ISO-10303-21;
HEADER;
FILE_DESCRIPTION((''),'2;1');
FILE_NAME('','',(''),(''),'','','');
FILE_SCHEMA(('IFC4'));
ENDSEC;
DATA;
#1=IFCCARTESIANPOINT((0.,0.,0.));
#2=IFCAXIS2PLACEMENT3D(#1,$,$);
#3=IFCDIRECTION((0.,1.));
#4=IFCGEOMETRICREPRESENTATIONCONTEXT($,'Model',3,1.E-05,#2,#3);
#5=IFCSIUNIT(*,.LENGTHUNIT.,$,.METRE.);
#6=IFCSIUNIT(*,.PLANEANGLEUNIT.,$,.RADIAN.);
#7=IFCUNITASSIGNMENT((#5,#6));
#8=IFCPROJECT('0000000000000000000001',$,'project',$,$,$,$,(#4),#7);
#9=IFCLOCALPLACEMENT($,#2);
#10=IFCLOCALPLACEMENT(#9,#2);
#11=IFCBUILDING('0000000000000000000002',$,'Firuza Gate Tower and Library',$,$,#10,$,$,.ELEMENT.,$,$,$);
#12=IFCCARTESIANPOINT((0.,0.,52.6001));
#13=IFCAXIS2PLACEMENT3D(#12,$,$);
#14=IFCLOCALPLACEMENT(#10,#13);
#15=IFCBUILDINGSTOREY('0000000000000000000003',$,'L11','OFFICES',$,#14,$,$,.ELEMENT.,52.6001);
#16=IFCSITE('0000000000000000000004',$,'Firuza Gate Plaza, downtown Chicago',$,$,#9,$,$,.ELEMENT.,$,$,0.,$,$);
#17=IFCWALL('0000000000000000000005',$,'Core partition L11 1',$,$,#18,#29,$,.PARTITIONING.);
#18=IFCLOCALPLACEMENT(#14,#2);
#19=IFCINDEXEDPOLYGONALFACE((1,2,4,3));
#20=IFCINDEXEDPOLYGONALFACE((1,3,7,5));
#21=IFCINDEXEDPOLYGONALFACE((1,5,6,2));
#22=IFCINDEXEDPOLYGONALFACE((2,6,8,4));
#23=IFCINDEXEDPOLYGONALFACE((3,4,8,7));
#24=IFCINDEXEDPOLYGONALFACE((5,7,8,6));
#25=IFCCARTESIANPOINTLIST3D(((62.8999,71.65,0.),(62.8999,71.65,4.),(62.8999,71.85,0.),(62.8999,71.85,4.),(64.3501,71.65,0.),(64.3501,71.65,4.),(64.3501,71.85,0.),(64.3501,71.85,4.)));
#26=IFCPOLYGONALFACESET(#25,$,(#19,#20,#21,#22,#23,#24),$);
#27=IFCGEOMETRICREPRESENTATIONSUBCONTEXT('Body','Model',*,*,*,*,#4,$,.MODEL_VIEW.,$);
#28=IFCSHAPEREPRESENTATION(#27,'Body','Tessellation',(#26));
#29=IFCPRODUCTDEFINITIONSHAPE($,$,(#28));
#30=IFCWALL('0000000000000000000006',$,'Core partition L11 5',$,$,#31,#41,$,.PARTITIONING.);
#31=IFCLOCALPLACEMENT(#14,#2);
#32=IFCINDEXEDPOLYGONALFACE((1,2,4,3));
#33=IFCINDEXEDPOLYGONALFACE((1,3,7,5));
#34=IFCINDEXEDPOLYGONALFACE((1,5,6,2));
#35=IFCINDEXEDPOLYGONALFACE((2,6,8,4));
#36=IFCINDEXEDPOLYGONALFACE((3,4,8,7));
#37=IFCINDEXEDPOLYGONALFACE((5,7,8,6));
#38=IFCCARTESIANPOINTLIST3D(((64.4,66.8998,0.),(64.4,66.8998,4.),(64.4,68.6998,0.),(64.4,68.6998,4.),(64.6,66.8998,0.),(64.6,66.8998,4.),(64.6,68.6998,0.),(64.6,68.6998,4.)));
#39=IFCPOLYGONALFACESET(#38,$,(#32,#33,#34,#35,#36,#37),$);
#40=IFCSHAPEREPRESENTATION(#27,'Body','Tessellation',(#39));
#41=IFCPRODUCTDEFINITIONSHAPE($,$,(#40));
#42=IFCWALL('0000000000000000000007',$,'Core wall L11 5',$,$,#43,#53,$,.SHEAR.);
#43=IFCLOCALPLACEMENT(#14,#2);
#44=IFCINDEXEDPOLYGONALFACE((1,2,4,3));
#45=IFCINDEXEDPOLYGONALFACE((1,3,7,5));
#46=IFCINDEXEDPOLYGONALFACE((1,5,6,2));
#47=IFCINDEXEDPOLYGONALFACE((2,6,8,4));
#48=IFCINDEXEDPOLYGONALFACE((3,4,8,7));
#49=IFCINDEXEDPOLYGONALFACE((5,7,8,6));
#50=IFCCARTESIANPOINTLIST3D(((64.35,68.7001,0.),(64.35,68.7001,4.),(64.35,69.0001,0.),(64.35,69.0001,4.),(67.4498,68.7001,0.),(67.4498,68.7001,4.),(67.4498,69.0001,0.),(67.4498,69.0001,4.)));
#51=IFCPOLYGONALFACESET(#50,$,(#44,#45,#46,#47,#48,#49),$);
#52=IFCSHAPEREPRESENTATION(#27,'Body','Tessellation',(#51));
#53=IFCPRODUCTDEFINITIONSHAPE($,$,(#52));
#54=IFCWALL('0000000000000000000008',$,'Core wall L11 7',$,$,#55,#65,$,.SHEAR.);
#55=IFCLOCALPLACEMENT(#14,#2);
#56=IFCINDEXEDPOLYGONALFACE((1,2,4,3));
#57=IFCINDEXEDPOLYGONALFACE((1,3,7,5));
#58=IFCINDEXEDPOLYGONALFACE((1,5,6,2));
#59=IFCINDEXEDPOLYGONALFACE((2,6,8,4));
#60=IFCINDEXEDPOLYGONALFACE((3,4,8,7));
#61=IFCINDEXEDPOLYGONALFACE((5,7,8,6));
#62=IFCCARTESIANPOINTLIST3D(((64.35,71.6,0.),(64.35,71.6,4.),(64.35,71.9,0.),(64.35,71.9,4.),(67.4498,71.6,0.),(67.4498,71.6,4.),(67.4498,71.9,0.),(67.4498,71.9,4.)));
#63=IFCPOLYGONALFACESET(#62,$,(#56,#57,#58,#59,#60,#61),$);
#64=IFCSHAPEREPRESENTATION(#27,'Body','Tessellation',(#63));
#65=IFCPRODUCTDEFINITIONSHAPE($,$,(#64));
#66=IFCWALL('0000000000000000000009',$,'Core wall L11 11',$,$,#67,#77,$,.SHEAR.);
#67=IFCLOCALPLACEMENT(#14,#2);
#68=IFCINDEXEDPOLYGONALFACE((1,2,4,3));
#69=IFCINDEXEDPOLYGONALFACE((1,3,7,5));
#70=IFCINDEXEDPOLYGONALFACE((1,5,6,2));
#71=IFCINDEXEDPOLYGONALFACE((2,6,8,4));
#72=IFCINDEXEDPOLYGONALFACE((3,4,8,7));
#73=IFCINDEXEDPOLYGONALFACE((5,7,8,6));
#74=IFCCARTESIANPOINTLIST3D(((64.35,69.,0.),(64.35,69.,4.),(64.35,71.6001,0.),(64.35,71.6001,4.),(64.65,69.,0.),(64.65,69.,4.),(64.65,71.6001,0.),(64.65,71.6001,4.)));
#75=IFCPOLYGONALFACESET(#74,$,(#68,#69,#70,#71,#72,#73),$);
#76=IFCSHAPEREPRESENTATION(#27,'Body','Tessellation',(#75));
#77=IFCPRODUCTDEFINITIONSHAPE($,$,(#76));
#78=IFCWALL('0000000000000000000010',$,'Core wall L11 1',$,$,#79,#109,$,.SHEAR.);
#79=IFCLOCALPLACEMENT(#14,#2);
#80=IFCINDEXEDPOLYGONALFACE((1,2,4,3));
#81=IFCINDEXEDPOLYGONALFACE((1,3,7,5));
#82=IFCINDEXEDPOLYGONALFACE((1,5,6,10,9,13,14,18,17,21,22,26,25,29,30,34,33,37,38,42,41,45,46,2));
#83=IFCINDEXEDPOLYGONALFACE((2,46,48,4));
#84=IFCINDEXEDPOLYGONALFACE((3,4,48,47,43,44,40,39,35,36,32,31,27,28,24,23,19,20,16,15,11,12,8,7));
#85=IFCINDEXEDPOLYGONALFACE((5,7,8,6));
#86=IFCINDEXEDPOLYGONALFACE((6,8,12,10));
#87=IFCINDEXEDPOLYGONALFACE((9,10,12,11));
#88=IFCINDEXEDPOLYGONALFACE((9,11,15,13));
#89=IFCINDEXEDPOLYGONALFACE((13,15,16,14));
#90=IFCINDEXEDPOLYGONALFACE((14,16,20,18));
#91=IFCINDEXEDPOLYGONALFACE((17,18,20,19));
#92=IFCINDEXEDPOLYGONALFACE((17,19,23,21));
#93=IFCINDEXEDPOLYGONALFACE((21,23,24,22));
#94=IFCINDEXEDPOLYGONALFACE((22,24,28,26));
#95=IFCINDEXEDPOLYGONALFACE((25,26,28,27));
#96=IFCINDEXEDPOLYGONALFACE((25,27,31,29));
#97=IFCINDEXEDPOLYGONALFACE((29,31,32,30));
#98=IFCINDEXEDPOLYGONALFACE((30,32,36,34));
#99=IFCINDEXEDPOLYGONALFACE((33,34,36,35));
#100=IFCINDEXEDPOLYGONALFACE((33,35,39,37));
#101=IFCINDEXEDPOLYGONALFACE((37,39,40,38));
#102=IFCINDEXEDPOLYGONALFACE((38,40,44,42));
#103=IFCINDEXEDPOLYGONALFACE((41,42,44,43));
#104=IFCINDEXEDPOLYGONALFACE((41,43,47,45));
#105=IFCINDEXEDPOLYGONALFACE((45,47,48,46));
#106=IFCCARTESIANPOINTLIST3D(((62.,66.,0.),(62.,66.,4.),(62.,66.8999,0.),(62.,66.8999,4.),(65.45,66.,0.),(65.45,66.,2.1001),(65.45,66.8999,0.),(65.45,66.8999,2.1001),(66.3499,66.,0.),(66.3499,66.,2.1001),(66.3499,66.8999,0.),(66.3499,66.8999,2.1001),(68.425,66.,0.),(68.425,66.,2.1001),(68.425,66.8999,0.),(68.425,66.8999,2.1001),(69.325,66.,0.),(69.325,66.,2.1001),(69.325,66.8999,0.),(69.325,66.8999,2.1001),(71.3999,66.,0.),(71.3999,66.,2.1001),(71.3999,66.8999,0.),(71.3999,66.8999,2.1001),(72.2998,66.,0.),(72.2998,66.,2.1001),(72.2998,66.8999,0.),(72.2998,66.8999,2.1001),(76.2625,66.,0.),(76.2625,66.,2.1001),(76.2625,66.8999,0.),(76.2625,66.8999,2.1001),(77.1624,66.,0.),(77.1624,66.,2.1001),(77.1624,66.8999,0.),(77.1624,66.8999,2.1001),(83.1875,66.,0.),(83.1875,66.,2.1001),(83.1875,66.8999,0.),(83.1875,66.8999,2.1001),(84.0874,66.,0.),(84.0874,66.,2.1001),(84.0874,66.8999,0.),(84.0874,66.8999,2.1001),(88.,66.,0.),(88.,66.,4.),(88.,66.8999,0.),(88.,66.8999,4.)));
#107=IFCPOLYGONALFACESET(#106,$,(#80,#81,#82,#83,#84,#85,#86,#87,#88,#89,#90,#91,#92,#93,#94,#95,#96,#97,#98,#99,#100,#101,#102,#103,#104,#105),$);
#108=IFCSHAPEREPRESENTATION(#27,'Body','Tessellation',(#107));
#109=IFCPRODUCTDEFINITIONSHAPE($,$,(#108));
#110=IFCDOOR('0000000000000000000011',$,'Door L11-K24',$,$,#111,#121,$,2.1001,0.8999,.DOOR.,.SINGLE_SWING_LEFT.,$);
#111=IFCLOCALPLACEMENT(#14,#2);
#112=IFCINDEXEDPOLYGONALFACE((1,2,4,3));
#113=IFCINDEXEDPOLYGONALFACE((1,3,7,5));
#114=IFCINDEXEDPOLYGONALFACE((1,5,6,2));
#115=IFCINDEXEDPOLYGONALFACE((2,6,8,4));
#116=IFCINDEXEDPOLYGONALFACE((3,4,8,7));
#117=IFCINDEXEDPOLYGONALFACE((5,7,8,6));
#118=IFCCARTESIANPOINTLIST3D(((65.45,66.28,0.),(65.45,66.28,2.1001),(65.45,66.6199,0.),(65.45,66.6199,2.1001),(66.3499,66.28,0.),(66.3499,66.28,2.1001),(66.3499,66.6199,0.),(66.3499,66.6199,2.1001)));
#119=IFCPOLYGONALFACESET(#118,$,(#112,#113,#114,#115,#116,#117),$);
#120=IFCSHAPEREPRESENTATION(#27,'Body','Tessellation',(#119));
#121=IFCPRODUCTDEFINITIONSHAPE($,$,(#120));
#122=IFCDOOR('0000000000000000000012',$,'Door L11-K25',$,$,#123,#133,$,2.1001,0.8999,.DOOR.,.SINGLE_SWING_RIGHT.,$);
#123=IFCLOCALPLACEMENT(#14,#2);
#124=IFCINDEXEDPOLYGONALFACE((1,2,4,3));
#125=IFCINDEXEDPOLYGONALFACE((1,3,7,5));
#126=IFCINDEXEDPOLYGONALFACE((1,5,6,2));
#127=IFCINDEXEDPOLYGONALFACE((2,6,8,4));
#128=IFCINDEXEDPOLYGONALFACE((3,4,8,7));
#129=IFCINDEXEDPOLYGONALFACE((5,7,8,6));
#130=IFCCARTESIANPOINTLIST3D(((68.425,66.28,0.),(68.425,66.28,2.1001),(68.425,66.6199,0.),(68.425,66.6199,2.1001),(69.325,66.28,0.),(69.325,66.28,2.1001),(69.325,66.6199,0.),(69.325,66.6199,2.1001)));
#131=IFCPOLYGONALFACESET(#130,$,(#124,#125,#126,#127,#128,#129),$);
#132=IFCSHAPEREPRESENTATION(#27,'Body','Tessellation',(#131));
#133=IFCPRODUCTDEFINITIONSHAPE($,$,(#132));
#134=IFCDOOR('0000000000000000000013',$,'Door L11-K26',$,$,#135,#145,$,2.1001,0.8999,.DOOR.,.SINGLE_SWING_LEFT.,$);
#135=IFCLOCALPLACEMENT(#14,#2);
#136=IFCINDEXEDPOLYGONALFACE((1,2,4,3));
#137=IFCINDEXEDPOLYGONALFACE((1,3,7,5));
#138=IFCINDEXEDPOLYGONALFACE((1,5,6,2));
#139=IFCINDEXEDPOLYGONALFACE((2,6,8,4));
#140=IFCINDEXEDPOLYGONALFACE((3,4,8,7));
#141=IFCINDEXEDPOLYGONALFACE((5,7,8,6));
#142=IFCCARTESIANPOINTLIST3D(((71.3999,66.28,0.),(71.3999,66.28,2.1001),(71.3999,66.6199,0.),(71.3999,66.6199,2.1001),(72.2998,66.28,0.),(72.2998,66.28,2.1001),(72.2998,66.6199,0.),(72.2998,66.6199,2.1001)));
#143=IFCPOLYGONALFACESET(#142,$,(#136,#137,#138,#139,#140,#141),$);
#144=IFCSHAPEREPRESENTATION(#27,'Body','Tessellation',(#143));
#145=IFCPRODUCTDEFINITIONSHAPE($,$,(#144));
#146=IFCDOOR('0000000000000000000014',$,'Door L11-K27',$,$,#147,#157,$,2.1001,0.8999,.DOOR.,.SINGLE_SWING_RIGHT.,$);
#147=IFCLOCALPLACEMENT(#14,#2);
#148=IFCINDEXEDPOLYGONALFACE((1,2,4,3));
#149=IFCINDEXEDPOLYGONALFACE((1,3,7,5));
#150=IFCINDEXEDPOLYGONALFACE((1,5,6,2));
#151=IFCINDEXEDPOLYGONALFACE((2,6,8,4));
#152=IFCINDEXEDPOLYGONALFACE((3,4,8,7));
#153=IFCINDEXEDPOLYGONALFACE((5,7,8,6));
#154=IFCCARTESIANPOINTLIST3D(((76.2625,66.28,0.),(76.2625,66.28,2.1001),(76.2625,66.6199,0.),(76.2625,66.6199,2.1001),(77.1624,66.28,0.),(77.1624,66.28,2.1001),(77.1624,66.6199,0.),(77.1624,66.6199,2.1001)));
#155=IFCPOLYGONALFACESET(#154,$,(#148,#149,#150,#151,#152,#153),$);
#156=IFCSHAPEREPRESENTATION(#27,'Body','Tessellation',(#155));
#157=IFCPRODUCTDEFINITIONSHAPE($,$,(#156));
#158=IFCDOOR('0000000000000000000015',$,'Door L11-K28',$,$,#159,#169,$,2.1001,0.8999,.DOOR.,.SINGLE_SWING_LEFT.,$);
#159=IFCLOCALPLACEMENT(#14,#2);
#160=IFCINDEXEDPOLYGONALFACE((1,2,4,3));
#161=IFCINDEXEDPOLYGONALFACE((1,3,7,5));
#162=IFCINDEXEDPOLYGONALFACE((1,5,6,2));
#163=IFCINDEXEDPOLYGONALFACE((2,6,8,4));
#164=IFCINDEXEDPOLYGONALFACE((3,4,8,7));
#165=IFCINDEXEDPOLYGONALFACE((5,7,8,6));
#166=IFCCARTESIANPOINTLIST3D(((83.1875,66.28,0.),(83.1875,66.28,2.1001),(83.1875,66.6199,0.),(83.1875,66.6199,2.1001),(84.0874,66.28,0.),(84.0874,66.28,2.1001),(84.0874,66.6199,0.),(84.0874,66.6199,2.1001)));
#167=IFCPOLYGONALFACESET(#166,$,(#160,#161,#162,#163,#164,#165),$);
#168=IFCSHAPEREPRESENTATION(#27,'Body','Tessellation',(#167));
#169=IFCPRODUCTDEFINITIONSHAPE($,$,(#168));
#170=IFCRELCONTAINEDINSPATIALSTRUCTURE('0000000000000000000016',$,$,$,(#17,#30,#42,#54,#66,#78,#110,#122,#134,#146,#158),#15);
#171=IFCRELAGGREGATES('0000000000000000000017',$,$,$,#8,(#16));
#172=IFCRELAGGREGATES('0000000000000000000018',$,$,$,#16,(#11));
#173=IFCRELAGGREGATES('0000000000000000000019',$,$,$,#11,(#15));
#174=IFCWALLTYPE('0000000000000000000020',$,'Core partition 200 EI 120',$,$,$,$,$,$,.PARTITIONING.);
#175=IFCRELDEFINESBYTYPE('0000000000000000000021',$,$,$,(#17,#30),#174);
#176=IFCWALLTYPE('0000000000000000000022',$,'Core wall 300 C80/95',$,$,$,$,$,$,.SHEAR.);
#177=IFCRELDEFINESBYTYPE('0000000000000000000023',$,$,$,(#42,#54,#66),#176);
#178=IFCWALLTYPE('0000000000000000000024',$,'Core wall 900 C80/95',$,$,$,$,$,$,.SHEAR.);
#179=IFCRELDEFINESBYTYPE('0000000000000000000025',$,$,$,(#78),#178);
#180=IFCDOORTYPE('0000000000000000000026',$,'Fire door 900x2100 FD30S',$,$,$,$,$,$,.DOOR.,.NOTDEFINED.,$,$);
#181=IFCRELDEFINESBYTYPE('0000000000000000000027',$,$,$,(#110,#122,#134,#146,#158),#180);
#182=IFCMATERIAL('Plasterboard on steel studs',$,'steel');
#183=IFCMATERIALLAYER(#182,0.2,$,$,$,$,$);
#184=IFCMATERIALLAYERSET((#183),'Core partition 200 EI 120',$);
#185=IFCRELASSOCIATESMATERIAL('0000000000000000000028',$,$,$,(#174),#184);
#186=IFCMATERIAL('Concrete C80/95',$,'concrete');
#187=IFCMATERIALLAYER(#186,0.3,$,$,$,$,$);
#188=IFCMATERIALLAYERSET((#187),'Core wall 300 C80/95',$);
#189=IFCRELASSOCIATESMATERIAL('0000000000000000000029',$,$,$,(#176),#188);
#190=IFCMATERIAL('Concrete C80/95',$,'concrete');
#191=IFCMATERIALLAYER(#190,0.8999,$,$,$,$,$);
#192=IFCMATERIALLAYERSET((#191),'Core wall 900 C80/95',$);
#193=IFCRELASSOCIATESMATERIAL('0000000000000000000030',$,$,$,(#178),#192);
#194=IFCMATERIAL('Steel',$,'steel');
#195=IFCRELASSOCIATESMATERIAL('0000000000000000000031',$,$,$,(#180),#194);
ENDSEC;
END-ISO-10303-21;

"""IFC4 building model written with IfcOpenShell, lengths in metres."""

from ifc_helpers import new_model, si_unit, direction, frame, frame_2d, origin, place, context, subcontext, project, spatial, rectangle, extrude, material, layer, layer_set, type_object, element, fill, save


model = new_model("IFC4")

# Units and contexts
model_context = context("Model", 3, precision=1e-05, world=origin(), true_north=direction((0.0, 1.0)))
body_context = subcontext(model_context, "Body", "Model", "MODEL_VIEW")
ifc_project = project(units=[si_unit("LENGTHUNIT", "METRE"), si_unit("PLANEANGLEUNIT", "RADIAN")], contexts=[model_context])

# Site, building, storey
site_placement = place(None, origin())
site = spatial("IfcSite", under=ifc_project, at=site_placement, Name="Firuza Gate Plaza, downtown Chicago", CompositionType="ELEMENT", RefElevation=0.0)
building_placement = place(site_placement, origin())
building = spatial("IfcBuilding", under=site, at=building_placement, Name="Firuza Gate Tower and Library", CompositionType="ELEMENT")
storey_placement = place(building_placement, frame((0.0, 0.0, 52.6001)))
storey = spatial("IfcBuildingStorey", under=building, at=storey_placement, Name="L11", Description="OFFICES", CompositionType="ELEMENT", Elevation=52.6001)

# Walls
ifc_material_1 = material(Name="Plasterboard on steel studs", Category="steel")
ifc_layer_1 = layer(ifc_material_1, 0.2)
ifc_layer_set_1 = layer_set([ifc_layer_1], Name="Core partition 200 EI 120")
wall_type_1 = type_object("IfcWallType", Name="Core partition 200 EI 120", PredefinedType="PARTITIONING", material=ifc_layer_set_1)
wall_1_placement = place(storey_placement, frame((62.8999, 71.75, 0.0), z_axis=(0.0, 0.0, 1.0), x_axis=(1.0, 0.0, 0.0)))
element("IfcWall", 1, at=wall_1_placement, inside=storey, type_object=wall_type_1, Name="Core partition L11 1", PredefinedType="PARTITIONING", context=body_context, shape_type="SweptSolid", body=[
    extrude(rectangle(XDim=1.4502, YDim=0.2, at=frame_2d((0.7251, 0.0))), origin(), (0.0, 0.0, 1.0), 4.0),
])
wall_2_placement = place(storey_placement, frame((64.5, 66.8999, 0.0), z_axis=(0.0, 0.0, 1.0), x_axis=(0.0, 1.0, 0.0)))
element("IfcWall", 2, at=wall_2_placement, inside=storey, type_object=wall_type_1, Name="Core partition L11 5", PredefinedType="PARTITIONING", context=body_context, shape_type="SweptSolid", body=[
    extrude(rectangle(XDim=1.8, YDim=0.2, at=frame_2d((0.8999, 0.0))), origin(), (0.0, 0.0, 1.0), 4.0),
])
ifc_material_2 = material(Name="Concrete C80/95", Category="concrete")
ifc_layer_2 = layer(ifc_material_2, 0.3)
ifc_layer_set_2 = layer_set([ifc_layer_2], Name="Core wall 300 C80/95")
wall_type_2 = type_object("IfcWallType", Name="Core wall 300 C80/95", PredefinedType="SHEAR", material=ifc_layer_set_2)
for number, where, z_axis, x_axis, name in (
    (3, (64.3501, 68.8501, 0.0), (0.0, 0.0, 1.0), (1.0, 0.0, 0.0), "Core wall L11 5"),
    (4, (64.3501, 71.75, 0.0), (0.0, 0.0, 1.0), (1.0, 0.0, 0.0), "Core wall L11 7"),
):
    element("IfcWall", number, at=place(storey_placement, frame(where, z_axis=z_axis, x_axis=x_axis)), inside=storey, type_object=wall_type_2, Name=name, PredefinedType="SHEAR", context=body_context, shape_type="SweptSolid", body=[
        extrude(rectangle(XDim=3.0999, YDim=0.3, at=frame_2d((1.5498, 0.0))), origin(), (0.0, 0.0, 1.0), 4.0),
    ])
wall_3_placement = place(storey_placement, frame((64.5, 69.0, 0.0), z_axis=(0.0, 0.0, 1.0), x_axis=(0.0, 1.0, 0.0)))
element("IfcWall", 5, at=wall_3_placement, inside=storey, type_object=wall_type_2, Name="Core wall L11 11", PredefinedType="SHEAR", context=body_context, shape_type="SweptSolid", body=[
    extrude(rectangle(XDim=2.6001, YDim=0.3, at=frame_2d((1.3, 0.0))), origin(), (0.0, 0.0, 1.0), 4.0),
])

# Wall, openings, doors
ifc_material_3 = material(Name="Concrete C80/95", Category="concrete")
ifc_layer_3 = layer(ifc_material_3, 0.8999)
ifc_layer_set_3 = layer_set([ifc_layer_3], Name="Core wall 900 C80/95")
wall_type_3 = type_object("IfcWallType", Name="Core wall 900 C80/95", PredefinedType="SHEAR", material=ifc_layer_set_3)
wall_4_placement = place(storey_placement, frame((62.0, 66.45, 0.0), z_axis=(0.0, 0.0, 1.0), x_axis=(1.0, 0.0, 0.0)))
wall_4 = element("IfcWall", 6, at=wall_4_placement, inside=storey, type_object=wall_type_3, Name="Core wall L11 1", PredefinedType="SHEAR", context=body_context, shape_type="SweptSolid", body=[
    extrude(rectangle(XDim=26.0, YDim=0.8999, at=frame_2d((13.0, 0.0))), origin(), (0.0, 0.0, 1.0), 4.0),
])
opening_1_placement = place(wall_4_placement, frame((3.45, 0.0, 0.0)))
opening_1 = element("IfcOpeningElement", 7, at=opening_1_placement, cuts=wall_4, PredefinedType="OPENING", context=body_context, shape_type="SweptSolid", body=[
    extrude(rectangle(XDim=0.8999, YDim=2.1001, at=frame_2d((0.45, 1.05))), frame((0.0, 0.46, 0.0), z_axis=(0.0, -1.0, 0.0), x_axis=(1.0, 0.0, 0.0)), (0.0, 0.0, 1.0), 0.9199),
])
opening_2_placement = place(wall_4_placement, frame((6.425, 0.0, 0.0)))
opening_2 = element("IfcOpeningElement", 8, at=opening_2_placement, cuts=wall_4, PredefinedType="OPENING", context=body_context, shape_type="SweptSolid", body=[
    extrude(rectangle(XDim=0.8999, YDim=2.1001, at=frame_2d((0.45, 1.05))), frame((0.0, 0.46, 0.0), z_axis=(0.0, -1.0, 0.0), x_axis=(1.0, 0.0, 0.0)), (0.0, 0.0, 1.0), 0.9199),
])
opening_3_placement = place(wall_4_placement, frame((9.3999, 0.0, 0.0)))
opening_3 = element("IfcOpeningElement", 9, at=opening_3_placement, cuts=wall_4, PredefinedType="OPENING", context=body_context, shape_type="SweptSolid", body=[
    extrude(rectangle(XDim=0.8999, YDim=2.1001, at=frame_2d((0.45, 1.05))), frame((0.0, 0.46, 0.0), z_axis=(0.0, -1.0, 0.0), x_axis=(1.0, 0.0, 0.0)), (0.0, 0.0, 1.0), 0.9199),
])
opening_4_placement = place(wall_4_placement, frame((14.2625, 0.0, 0.0)))
opening_4 = element("IfcOpeningElement", 10, at=opening_4_placement, cuts=wall_4, PredefinedType="OPENING", context=body_context, shape_type="SweptSolid", body=[
    extrude(rectangle(XDim=0.8999, YDim=2.1001, at=frame_2d((0.45, 1.05))), frame((0.0, 0.46, 0.0), z_axis=(0.0, -1.0, 0.0), x_axis=(1.0, 0.0, 0.0)), (0.0, 0.0, 1.0), 0.9199),
])
opening_5_placement = place(wall_4_placement, frame((21.1875, 0.0, 0.0)))
opening_5 = element("IfcOpeningElement", 11, at=opening_5_placement, cuts=wall_4, PredefinedType="OPENING", context=body_context, shape_type="SweptSolid", body=[
    extrude(rectangle(XDim=0.8999, YDim=2.1001, at=frame_2d((0.45, 1.05))), frame((0.0, 0.46, 0.0), z_axis=(0.0, -1.0, 0.0), x_axis=(1.0, 0.0, 0.0)), (0.0, 0.0, 1.0), 0.9199),
])
ifc_material_4 = material(Name="Steel", Category="steel")
door_type_1 = type_object("IfcDoorType", Name="Fire door 900x2100 FD30S", OperationType="NOTDEFINED", PredefinedType="DOOR", material=ifc_material_4)
door_1_placement = place(opening_1_placement, origin())
door_1 = element("IfcDoor", 12, at=door_1_placement, inside=storey, type_object=door_type_1, Name="Door L11-K24", OperationType="SINGLE_SWING_LEFT", OverallHeight=2.1001, OverallWidth=0.8999, PredefinedType="DOOR", context=body_context, shape_type="SweptSolid", body=[
    extrude(rectangle(XDim=0.8999, YDim=2.1001, at=frame_2d((0.45, 1.05))), frame((0.0, 0.1699, 0.0), z_axis=(0.0, -1.0, 0.0), x_axis=(1.0, 0.0, 0.0)), (0.0, 0.0, 1.0), 0.3398),
])
fill(opening_1, door_1)
door_2_placement = place(opening_2_placement, origin())
door_2 = element("IfcDoor", 13, at=door_2_placement, inside=storey, type_object=door_type_1, Name="Door L11-K25", OperationType="SINGLE_SWING_RIGHT", OverallHeight=2.1001, OverallWidth=0.8999, PredefinedType="DOOR", context=body_context, shape_type="SweptSolid", body=[
    extrude(rectangle(XDim=0.8999, YDim=2.1001, at=frame_2d((0.45, 1.05))), frame((0.0, 0.1699, 0.0), z_axis=(0.0, -1.0, 0.0), x_axis=(1.0, 0.0, 0.0)), (0.0, 0.0, 1.0), 0.3398),
])
fill(opening_2, door_2)
door_3_placement = place(opening_3_placement, origin())
door_3 = element("IfcDoor", 14, at=door_3_placement, inside=storey, type_object=door_type_1, Name="Door L11-K26", OperationType="SINGLE_SWING_LEFT", OverallHeight=2.1001, OverallWidth=0.8999, PredefinedType="DOOR", context=body_context, shape_type="SweptSolid", body=[
    extrude(rectangle(XDim=0.8999, YDim=2.1001, at=frame_2d((0.45, 1.05))), frame((0.0, 0.1699, 0.0), z_axis=(0.0, -1.0, 0.0), x_axis=(1.0, 0.0, 0.0)), (0.0, 0.0, 1.0), 0.3398),
])
fill(opening_3, door_3)
door_4_placement = place(opening_4_placement, origin())
door_4 = element("IfcDoor", 15, at=door_4_placement, inside=storey, type_object=door_type_1, Name="Door L11-K27", OperationType="SINGLE_SWING_RIGHT", OverallHeight=2.1001, OverallWidth=0.8999, PredefinedType="DOOR", context=body_context, shape_type="SweptSolid", body=[
    extrude(rectangle(XDim=0.8999, YDim=2.1001, at=frame_2d((0.45, 1.05))), frame((0.0, 0.1699, 0.0), z_axis=(0.0, -1.0, 0.0), x_axis=(1.0, 0.0, 0.0)), (0.0, 0.0, 1.0), 0.3398),
])
fill(opening_4, door_4)
door_5_placement = place(opening_5_placement, origin())
door_5 = element("IfcDoor", 16, at=door_5_placement, inside=storey, type_object=door_type_1, Name="Door L11-K28", OperationType="SINGLE_SWING_LEFT", OverallHeight=2.1001, OverallWidth=0.8999, PredefinedType="DOOR", context=body_context, shape_type="SweptSolid", body=[
    extrude(rectangle(XDim=0.8999, YDim=2.1001, at=frame_2d((0.45, 1.05))), frame((0.0, 0.1699, 0.0), z_axis=(0.0, -1.0, 0.0), x_axis=(1.0, 0.0, 0.0)), (0.0, 0.0, 1.0), 0.3398),
])
fill(opening_5, door_5)

save(model, "model.ifc")
